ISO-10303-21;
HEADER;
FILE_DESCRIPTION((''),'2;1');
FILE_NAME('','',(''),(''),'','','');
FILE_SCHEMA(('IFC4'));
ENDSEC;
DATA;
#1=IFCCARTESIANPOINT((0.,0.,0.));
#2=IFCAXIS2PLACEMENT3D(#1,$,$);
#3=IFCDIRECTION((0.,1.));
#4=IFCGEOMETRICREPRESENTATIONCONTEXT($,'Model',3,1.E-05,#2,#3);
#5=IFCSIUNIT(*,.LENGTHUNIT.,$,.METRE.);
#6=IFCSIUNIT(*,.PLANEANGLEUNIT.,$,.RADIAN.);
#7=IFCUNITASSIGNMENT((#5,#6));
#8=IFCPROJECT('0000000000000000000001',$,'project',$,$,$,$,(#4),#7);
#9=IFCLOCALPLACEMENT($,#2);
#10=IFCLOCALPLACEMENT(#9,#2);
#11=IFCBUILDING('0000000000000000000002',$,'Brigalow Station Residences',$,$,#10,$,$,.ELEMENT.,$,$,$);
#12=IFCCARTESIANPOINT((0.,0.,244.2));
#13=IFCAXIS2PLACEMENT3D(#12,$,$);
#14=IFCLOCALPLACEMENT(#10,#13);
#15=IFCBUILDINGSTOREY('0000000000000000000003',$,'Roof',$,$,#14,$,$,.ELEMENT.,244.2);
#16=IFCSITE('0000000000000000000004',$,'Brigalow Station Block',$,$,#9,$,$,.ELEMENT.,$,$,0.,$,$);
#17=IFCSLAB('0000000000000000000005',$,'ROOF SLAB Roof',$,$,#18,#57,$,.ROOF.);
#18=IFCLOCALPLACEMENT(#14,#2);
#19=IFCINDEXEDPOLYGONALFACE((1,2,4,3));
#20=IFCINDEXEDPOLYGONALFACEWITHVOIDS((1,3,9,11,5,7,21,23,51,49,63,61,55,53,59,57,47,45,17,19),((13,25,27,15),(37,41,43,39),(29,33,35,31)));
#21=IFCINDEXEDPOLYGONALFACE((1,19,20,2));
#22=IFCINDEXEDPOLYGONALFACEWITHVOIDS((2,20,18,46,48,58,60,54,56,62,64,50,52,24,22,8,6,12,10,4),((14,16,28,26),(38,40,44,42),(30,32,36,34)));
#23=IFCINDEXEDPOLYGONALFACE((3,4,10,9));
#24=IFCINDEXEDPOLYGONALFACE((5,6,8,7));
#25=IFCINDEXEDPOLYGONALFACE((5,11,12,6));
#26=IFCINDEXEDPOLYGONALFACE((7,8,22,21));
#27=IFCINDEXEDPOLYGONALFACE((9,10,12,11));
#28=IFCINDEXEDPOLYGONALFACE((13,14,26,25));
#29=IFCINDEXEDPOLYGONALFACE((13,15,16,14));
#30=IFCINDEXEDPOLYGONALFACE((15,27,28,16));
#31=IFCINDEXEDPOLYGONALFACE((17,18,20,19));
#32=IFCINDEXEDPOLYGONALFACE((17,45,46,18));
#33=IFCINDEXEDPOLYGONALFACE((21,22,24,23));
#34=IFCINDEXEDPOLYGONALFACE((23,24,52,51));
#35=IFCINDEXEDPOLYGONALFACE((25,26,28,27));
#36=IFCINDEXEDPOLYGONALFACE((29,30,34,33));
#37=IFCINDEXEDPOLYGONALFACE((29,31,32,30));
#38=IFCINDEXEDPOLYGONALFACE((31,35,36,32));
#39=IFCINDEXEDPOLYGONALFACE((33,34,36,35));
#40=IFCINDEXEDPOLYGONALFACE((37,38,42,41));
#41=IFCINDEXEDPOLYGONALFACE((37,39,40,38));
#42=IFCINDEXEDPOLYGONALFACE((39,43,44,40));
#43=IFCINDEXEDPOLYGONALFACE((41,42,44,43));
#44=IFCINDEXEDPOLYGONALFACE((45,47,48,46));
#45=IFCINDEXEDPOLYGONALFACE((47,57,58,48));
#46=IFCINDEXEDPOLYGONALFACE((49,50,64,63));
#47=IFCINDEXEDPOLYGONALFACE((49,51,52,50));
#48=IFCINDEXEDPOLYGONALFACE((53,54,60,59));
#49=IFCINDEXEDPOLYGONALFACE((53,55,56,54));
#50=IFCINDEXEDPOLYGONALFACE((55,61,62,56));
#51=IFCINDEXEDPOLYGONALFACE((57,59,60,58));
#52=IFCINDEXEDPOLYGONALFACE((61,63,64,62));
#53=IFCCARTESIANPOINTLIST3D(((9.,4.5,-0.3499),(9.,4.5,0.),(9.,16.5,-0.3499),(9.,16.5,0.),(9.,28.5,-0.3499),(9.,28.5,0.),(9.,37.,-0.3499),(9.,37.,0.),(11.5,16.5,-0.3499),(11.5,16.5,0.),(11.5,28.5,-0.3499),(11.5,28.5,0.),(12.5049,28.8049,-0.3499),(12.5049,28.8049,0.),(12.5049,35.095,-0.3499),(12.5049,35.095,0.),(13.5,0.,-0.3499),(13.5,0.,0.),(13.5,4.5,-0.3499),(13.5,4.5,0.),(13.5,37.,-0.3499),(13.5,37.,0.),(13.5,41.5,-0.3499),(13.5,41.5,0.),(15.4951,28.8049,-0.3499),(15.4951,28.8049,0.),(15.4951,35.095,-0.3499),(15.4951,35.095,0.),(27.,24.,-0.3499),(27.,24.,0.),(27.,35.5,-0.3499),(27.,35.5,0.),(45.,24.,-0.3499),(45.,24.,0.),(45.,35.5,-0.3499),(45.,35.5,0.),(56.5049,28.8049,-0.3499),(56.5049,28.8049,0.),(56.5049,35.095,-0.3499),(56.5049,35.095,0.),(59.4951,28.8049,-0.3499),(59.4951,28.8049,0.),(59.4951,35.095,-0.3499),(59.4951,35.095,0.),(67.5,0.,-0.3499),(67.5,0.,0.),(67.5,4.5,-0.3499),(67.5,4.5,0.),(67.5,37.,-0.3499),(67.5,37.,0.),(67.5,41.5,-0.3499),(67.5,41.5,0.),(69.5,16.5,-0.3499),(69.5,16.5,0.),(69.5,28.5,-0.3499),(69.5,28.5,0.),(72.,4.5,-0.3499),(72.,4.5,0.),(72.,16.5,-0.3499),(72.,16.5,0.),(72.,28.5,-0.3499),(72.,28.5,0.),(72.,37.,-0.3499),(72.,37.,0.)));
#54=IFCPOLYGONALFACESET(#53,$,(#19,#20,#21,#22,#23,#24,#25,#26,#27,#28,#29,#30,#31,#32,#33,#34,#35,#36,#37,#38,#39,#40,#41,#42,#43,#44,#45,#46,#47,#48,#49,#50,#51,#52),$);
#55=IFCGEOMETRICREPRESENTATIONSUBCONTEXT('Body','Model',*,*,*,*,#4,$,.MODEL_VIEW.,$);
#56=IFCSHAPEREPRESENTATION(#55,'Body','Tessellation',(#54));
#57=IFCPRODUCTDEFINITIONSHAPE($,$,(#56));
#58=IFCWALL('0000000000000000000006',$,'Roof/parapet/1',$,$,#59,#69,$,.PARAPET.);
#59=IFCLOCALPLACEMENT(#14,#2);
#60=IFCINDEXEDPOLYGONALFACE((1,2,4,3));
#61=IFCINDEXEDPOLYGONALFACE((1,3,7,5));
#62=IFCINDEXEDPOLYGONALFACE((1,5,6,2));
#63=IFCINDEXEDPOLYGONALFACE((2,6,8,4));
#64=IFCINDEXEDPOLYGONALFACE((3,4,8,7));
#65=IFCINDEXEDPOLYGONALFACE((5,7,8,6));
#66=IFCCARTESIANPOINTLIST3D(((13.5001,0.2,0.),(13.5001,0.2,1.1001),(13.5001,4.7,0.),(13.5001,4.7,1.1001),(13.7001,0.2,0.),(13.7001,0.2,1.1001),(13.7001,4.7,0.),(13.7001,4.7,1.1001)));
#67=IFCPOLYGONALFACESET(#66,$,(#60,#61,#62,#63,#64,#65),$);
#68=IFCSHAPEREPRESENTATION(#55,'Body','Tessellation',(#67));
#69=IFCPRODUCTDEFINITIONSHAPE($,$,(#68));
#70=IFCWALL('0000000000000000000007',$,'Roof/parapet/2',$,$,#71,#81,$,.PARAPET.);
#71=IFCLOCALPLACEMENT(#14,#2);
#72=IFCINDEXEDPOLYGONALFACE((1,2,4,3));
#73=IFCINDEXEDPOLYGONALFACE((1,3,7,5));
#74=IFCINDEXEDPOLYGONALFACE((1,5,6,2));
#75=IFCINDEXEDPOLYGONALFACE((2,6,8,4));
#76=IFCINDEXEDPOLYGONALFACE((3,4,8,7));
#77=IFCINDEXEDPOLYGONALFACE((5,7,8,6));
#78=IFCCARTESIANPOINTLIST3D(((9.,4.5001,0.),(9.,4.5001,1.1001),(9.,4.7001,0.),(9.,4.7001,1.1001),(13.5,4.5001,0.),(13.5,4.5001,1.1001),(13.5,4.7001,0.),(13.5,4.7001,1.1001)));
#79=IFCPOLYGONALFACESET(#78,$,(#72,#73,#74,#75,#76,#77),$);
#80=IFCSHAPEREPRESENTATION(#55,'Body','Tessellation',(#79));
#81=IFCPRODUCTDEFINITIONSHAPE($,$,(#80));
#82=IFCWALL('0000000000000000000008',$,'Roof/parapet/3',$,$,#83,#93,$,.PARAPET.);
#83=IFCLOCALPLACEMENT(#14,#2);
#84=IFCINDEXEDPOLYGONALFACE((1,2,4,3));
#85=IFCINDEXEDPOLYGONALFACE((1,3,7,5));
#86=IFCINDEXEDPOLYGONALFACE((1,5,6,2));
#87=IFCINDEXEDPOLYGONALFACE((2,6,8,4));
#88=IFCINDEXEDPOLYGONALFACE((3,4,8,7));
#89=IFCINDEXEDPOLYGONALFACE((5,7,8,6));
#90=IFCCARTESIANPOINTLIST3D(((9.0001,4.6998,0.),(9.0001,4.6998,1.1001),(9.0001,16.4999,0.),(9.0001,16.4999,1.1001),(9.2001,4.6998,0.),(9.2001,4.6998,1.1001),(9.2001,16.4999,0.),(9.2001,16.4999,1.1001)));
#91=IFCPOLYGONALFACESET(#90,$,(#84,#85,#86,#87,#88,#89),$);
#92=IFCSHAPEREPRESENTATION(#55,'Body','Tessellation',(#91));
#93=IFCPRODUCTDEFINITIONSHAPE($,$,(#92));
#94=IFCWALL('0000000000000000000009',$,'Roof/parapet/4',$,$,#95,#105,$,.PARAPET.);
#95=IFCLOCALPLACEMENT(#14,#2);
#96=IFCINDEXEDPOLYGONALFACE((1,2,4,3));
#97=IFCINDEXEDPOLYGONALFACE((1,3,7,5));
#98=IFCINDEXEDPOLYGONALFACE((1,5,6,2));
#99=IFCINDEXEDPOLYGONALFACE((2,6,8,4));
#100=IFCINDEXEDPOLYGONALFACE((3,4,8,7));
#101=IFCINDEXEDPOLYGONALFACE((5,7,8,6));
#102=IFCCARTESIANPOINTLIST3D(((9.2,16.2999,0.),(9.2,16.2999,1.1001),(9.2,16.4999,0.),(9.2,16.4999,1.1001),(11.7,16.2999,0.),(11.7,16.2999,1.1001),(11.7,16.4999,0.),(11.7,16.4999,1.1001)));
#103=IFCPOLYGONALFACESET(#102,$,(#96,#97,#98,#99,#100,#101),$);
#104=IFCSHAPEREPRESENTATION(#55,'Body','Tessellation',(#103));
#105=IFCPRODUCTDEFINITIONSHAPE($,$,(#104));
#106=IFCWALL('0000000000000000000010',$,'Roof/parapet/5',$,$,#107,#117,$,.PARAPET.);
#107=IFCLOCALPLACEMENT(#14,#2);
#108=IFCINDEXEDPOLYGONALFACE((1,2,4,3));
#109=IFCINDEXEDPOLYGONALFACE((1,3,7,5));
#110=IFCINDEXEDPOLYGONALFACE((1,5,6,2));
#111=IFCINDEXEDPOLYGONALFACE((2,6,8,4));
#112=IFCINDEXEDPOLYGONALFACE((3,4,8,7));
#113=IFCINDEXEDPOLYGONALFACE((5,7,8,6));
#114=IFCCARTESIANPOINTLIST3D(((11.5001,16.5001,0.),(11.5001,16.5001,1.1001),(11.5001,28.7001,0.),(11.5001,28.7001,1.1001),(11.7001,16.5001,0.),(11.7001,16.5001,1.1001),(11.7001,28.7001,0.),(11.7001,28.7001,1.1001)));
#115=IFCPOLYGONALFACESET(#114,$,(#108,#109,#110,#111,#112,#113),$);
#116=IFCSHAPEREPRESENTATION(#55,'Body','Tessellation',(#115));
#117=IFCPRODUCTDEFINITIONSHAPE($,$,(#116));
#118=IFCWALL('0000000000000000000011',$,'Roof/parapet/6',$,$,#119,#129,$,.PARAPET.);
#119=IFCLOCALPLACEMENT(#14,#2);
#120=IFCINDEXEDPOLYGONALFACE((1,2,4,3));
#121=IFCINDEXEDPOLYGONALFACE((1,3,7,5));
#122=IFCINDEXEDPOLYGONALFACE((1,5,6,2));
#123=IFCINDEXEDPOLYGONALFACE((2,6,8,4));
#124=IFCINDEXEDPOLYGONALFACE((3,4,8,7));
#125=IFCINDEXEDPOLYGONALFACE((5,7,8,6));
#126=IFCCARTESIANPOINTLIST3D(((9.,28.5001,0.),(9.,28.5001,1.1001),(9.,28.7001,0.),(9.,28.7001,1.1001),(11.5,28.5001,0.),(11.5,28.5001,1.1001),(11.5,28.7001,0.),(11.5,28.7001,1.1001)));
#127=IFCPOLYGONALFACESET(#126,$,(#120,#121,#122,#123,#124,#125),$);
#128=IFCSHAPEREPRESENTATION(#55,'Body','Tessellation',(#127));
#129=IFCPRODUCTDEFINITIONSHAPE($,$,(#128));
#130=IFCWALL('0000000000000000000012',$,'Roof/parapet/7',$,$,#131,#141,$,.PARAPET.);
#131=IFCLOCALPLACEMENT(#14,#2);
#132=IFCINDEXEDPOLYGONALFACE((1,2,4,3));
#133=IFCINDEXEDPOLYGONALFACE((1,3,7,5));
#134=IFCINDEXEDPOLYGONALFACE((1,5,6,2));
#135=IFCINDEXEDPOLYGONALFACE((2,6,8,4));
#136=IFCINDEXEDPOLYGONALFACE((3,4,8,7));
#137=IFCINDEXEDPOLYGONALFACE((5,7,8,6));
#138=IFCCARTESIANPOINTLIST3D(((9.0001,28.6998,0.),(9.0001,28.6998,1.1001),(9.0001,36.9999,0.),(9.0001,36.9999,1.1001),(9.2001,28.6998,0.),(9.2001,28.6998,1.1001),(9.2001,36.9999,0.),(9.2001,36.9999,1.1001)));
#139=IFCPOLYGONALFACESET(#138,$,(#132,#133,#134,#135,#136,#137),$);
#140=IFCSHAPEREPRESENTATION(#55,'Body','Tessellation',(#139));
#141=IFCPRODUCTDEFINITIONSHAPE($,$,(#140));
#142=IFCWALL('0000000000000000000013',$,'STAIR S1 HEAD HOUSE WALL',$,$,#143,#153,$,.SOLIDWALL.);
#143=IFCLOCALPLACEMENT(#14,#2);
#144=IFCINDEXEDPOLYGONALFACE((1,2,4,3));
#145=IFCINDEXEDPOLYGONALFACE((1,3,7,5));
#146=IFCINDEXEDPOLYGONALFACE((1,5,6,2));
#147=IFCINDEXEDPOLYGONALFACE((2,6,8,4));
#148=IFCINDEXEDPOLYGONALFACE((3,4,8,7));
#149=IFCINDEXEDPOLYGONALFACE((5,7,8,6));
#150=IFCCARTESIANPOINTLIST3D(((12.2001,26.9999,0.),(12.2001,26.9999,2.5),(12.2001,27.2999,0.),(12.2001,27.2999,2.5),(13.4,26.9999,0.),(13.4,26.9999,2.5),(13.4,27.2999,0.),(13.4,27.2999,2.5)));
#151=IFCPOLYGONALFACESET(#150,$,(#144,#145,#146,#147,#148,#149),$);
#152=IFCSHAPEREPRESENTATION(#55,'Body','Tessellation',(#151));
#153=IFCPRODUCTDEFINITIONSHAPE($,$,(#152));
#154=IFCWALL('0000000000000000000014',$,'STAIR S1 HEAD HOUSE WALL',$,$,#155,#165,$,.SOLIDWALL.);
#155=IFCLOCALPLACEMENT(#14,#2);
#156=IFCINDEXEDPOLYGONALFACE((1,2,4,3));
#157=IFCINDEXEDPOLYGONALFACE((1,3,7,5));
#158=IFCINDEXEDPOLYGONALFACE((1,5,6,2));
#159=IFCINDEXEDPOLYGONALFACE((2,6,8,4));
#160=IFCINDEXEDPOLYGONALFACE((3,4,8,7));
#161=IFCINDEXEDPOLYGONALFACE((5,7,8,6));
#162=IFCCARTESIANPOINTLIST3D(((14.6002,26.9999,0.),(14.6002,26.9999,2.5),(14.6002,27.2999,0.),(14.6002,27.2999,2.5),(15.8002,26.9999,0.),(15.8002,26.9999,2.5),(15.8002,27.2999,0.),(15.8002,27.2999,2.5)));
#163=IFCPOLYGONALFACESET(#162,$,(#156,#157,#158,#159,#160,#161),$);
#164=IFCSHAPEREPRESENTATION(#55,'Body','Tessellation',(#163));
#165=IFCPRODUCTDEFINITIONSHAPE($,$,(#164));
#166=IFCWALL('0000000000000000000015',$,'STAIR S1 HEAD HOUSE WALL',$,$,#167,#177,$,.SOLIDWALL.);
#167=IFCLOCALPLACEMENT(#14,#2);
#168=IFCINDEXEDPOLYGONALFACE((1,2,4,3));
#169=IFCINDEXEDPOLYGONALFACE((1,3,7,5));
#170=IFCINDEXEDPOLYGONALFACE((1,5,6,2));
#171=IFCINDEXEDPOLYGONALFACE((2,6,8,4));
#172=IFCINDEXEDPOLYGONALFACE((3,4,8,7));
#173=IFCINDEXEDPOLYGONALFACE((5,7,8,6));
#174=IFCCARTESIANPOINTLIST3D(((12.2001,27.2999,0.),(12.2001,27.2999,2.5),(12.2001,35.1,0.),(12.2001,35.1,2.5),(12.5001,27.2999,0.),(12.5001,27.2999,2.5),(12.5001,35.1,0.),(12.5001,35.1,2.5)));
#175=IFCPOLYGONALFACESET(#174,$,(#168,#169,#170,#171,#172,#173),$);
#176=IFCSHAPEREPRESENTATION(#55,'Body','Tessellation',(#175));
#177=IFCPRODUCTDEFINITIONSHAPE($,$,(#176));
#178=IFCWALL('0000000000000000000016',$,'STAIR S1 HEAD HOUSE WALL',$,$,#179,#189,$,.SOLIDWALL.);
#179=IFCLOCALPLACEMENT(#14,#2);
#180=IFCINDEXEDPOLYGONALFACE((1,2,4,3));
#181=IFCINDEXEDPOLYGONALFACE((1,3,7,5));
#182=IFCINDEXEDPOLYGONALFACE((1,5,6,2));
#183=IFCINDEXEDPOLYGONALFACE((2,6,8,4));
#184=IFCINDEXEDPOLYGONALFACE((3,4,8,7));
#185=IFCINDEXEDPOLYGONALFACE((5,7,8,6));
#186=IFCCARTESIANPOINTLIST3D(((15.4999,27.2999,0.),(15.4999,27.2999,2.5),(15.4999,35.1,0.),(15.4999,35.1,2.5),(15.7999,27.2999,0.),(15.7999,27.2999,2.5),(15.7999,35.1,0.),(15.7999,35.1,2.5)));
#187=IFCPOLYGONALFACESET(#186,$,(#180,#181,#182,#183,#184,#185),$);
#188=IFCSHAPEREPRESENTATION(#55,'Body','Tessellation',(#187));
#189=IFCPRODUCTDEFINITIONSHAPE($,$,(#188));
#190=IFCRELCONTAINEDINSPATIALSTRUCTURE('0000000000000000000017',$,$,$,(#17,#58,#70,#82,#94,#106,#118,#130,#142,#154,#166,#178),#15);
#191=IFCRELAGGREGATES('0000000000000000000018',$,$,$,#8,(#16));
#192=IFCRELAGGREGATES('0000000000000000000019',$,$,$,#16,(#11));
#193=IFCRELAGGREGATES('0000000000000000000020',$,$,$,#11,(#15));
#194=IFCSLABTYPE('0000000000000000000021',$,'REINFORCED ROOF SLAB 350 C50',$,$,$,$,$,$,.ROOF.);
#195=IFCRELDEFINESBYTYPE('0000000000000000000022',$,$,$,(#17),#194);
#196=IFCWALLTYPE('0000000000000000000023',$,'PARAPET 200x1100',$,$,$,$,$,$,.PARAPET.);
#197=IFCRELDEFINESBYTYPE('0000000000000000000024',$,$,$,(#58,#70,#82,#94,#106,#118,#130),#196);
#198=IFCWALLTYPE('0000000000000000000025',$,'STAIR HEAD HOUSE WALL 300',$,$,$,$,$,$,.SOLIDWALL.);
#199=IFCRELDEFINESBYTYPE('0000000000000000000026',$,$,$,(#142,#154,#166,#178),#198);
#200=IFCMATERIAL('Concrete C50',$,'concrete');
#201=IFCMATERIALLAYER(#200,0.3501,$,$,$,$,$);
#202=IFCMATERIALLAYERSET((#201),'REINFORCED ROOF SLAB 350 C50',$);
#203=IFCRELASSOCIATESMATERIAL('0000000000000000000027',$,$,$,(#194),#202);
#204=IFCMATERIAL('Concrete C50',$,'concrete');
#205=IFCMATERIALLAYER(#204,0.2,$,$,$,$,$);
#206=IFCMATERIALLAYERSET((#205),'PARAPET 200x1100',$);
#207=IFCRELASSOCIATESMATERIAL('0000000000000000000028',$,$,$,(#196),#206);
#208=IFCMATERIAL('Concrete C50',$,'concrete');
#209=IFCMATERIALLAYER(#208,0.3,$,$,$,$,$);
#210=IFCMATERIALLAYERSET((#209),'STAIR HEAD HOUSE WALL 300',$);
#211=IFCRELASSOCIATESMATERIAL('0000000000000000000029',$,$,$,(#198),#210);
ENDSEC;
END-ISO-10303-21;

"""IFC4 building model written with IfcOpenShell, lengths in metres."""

from ifc_helpers import new_model, si_unit, direction, frame, frame_2d, origin, place, context, subcontext, project, spatial, polyline, rectangle, outline, extrude, material, layer, layer_set, type_object, element, save


model = new_model("IFC4")

# Units and contexts
model_context = context("Model", 3, precision=1e-05, world=origin(), true_north=direction((0.0, 1.0)))
body_context = subcontext(model_context, "Body", "Model", "MODEL_VIEW")
ifc_project = project(units=[si_unit("LENGTHUNIT", "METRE"), si_unit("PLANEANGLEUNIT", "RADIAN")], contexts=[model_context])

# Site, building, storey
site_placement = place(None, origin())
site = spatial("IfcSite", under=ifc_project, at=site_placement, Name="Brigalow Station Block", CompositionType="ELEMENT", RefElevation=0.0)
building_placement = place(site_placement, origin())
building = spatial("IfcBuilding", under=site, at=building_placement, Name="Brigalow Station Residences", CompositionType="ELEMENT")
storey_placement = place(building_placement, frame((0.0, 0.0, 244.2)))
storey = spatial("IfcBuildingStorey", under=building, at=storey_placement, Name="Roof", CompositionType="ELEMENT", Elevation=244.2)

# Slab
ifc_material_1 = material(Name="Concrete C50", Category="concrete")
ifc_layer_1 = layer(ifc_material_1, 0.3501)
ifc_layer_set_1 = layer_set([ifc_layer_1], Name="REINFORCED ROOF SLAB 350 C50")
slab_type = type_object("IfcSlabType", Name="REINFORCED ROOF SLAB 350 C50", PredefinedType="ROOF", material=ifc_layer_set_1)
slab_placement = place(storey_placement, frame((0.0, 0.0, -0.3499)))
element("IfcSlab", 1, at=slab_placement, inside=storey, type_object=slab_type, Name="ROOF SLAB Roof", PredefinedType="ROOF", context=body_context, shape_type="SweptSolid", body=[
    extrude(outline(polyline([(13.5, 0.0), (67.5, 0.0), (67.5, 4.5), (72.0, 4.5), (72.0, 16.5), (69.5, 16.5), (69.5, 28.5), (72.0, 28.5), (72.0, 37.0), (67.5, 37.0), (67.5, 41.5), (13.5, 41.5), (13.5, 37.0), (9.0, 37.0), (9.0, 28.5), (11.5, 28.5), (11.5, 16.5), (9.0, 16.5), (9.0, 4.5), (13.5, 4.5), (13.5, 0.0)]), holes=[polyline([(15.4951, 28.8049), (12.5049, 28.8049), (12.5049, 35.095), (15.4951, 35.095), (15.4951, 28.8049)]), polyline([(45.0, 35.5), (45.0, 24.0), (27.0, 24.0), (27.0, 35.5), (45.0, 35.5)]), polyline([(59.4951, 28.8049), (56.5049, 28.8049), (56.5049, 35.095), (59.4951, 35.095), (59.4951, 28.8049)])]), origin(), (0.0, 0.0, 1.0), 0.3499),
])

# Walls
ifc_material_2 = material(Name="Concrete C50", Category="concrete")
ifc_layer_2 = layer(ifc_material_2, 0.2)
ifc_layer_set_2 = layer_set([ifc_layer_2], Name="PARAPET 200x1100")
wall_type_1 = type_object("IfcWallType", Name="PARAPET 200x1100", PredefinedType="PARAPET", material=ifc_layer_set_2)
for number, where, z_axis, x_axis, name in (
    (2, (13.6001, 0.2, 0.0), (0.0, 0.0, 1.0), (0.0, 1.0, 0.0), "Roof/parapet/1"),
    (3, (13.5, 4.6001, 0.0), (0.0, 0.0, 1.0), (-1.0, 0.0, 0.0), "Roof/parapet/2"),
):
    element("IfcWall", number, at=place(storey_placement, frame(where, z_axis=z_axis, x_axis=x_axis)), inside=storey, type_object=wall_type_1, Name=name, PredefinedType="PARAPET", context=body_context, shape_type="SweptSolid", body=[
        extrude(rectangle(XDim=4.5, YDim=0.2, at=frame_2d((2.25, 0.0))), origin(), (0.0, 0.0, 1.0), 1.1001),
    ])
wall_1_placement = place(storey_placement, frame((9.1001, 4.7, 0.0), z_axis=(0.0, 0.0, 1.0), x_axis=(0.0, 1.0, 0.0)))
element("IfcWall", 4, at=wall_1_placement, inside=storey, type_object=wall_type_1, Name="Roof/parapet/3", PredefinedType="PARAPET", context=body_context, shape_type="SweptSolid", body=[
    extrude(rectangle(XDim=11.8, YDim=0.2, at=frame_2d((5.8999, 0.0))), origin(), (0.0, 0.0, 1.0), 1.1001),
])
wall_2_placement = place(storey_placement, frame((9.2, 16.3999, 0.0), z_axis=(0.0, 0.0, 1.0), x_axis=(1.0, 0.0, 0.0)))
element("IfcWall", 5, at=wall_2_placement, inside=storey, type_object=wall_type_1, Name="Roof/parapet/4", PredefinedType="PARAPET", context=body_context, shape_type="SweptSolid", body=[
    extrude(rectangle(XDim=2.5, YDim=0.2, at=frame_2d((1.25, 0.0))), origin(), (0.0, 0.0, 1.0), 1.1001),
])
wall_3_placement = place(storey_placement, frame((11.6001, 16.5, 0.0), z_axis=(0.0, 0.0, 1.0), x_axis=(0.0, 1.0, 0.0)))
element("IfcWall", 6, at=wall_3_placement, inside=storey, type_object=wall_type_1, Name="Roof/parapet/5", PredefinedType="PARAPET", context=body_context, shape_type="SweptSolid", body=[
    extrude(rectangle(XDim=12.2, YDim=0.2, at=frame_2d((6.1001, 0.0))), origin(), (0.0, 0.0, 1.0), 1.1001),
])
wall_4_placement = place(storey_placement, frame((11.5, 28.6001, 0.0), z_axis=(0.0, 0.0, 1.0), x_axis=(-1.0, 0.0, 0.0)))
element("IfcWall", 7, at=wall_4_placement, inside=storey, type_object=wall_type_1, Name="Roof/parapet/6", PredefinedType="PARAPET", context=body_context, shape_type="SweptSolid", body=[
    extrude(rectangle(XDim=2.5, YDim=0.2, at=frame_2d((1.25, 0.0))), origin(), (0.0, 0.0, 1.0), 1.1001),
])
wall_5_placement = place(storey_placement, frame((9.1001, 28.7, 0.0), z_axis=(0.0, 0.0, 1.0), x_axis=(0.0, 1.0, 0.0)))
element("IfcWall", 8, at=wall_5_placement, inside=storey, type_object=wall_type_1, Name="Roof/parapet/7", PredefinedType="PARAPET", context=body_context, shape_type="SweptSolid", body=[
    extrude(rectangle(XDim=8.3, YDim=0.2, at=frame_2d((4.1499, 0.0))), origin(), (0.0, 0.0, 1.0), 1.1001),
])
ifc_material_3 = material(Name="Concrete C50", Category="concrete")
ifc_layer_3 = layer(ifc_material_3, 0.3)
ifc_layer_set_3 = layer_set([ifc_layer_3], Name="STAIR HEAD HOUSE WALL 300")
wall_type_2 = type_object("IfcWallType", Name="STAIR HEAD HOUSE WALL 300", PredefinedType="SOLIDWALL", material=ifc_layer_set_3)
for number, where, z_axis, x_axis, name in (
    (9, (12.2, 27.1499, 0.0), (0.0, 0.0, 1.0), (1.0, 0.0, 0.0), "STAIR S1 HEAD HOUSE WALL"),
    (10, (14.6001, 27.1499, 0.0), (0.0, 0.0, 1.0), (1.0, 0.0, 0.0), "STAIR S1 HEAD HOUSE WALL"),
):
    element("IfcWall", number, at=place(storey_placement, frame(where, z_axis=z_axis, x_axis=x_axis)), inside=storey, type_object=wall_type_2, Name=name, PredefinedType="SOLIDWALL", context=body_context, shape_type="SweptSolid", body=[
        extrude(rectangle(XDim=1.2, YDim=0.3, at=frame_2d((0.6001, 0.0))), origin(), (0.0, 0.0, 1.0), 2.5),
    ])
for number, where, z_axis, x_axis, name in (
    (11, (12.3501, 27.3, 0.0), (0.0, 0.0, 1.0), (0.0, 1.0, 0.0), "STAIR S1 HEAD HOUSE WALL"),
    (12, (15.6499, 27.3, 0.0), (0.0, 0.0, 1.0), (0.0, 1.0, 0.0), "STAIR S1 HEAD HOUSE WALL"),
):
    element("IfcWall", number, at=place(storey_placement, frame(where, z_axis=z_axis, x_axis=x_axis)), inside=storey, type_object=wall_type_2, Name=name, PredefinedType="SOLIDWALL", context=body_context, shape_type="SweptSolid", body=[
        extrude(rectangle(XDim=7.8, YDim=0.3, at=frame_2d((3.8999, 0.0))), origin(), (0.0, 0.0, 1.0), 2.5),
    ])

save(model, "model.ifc")
